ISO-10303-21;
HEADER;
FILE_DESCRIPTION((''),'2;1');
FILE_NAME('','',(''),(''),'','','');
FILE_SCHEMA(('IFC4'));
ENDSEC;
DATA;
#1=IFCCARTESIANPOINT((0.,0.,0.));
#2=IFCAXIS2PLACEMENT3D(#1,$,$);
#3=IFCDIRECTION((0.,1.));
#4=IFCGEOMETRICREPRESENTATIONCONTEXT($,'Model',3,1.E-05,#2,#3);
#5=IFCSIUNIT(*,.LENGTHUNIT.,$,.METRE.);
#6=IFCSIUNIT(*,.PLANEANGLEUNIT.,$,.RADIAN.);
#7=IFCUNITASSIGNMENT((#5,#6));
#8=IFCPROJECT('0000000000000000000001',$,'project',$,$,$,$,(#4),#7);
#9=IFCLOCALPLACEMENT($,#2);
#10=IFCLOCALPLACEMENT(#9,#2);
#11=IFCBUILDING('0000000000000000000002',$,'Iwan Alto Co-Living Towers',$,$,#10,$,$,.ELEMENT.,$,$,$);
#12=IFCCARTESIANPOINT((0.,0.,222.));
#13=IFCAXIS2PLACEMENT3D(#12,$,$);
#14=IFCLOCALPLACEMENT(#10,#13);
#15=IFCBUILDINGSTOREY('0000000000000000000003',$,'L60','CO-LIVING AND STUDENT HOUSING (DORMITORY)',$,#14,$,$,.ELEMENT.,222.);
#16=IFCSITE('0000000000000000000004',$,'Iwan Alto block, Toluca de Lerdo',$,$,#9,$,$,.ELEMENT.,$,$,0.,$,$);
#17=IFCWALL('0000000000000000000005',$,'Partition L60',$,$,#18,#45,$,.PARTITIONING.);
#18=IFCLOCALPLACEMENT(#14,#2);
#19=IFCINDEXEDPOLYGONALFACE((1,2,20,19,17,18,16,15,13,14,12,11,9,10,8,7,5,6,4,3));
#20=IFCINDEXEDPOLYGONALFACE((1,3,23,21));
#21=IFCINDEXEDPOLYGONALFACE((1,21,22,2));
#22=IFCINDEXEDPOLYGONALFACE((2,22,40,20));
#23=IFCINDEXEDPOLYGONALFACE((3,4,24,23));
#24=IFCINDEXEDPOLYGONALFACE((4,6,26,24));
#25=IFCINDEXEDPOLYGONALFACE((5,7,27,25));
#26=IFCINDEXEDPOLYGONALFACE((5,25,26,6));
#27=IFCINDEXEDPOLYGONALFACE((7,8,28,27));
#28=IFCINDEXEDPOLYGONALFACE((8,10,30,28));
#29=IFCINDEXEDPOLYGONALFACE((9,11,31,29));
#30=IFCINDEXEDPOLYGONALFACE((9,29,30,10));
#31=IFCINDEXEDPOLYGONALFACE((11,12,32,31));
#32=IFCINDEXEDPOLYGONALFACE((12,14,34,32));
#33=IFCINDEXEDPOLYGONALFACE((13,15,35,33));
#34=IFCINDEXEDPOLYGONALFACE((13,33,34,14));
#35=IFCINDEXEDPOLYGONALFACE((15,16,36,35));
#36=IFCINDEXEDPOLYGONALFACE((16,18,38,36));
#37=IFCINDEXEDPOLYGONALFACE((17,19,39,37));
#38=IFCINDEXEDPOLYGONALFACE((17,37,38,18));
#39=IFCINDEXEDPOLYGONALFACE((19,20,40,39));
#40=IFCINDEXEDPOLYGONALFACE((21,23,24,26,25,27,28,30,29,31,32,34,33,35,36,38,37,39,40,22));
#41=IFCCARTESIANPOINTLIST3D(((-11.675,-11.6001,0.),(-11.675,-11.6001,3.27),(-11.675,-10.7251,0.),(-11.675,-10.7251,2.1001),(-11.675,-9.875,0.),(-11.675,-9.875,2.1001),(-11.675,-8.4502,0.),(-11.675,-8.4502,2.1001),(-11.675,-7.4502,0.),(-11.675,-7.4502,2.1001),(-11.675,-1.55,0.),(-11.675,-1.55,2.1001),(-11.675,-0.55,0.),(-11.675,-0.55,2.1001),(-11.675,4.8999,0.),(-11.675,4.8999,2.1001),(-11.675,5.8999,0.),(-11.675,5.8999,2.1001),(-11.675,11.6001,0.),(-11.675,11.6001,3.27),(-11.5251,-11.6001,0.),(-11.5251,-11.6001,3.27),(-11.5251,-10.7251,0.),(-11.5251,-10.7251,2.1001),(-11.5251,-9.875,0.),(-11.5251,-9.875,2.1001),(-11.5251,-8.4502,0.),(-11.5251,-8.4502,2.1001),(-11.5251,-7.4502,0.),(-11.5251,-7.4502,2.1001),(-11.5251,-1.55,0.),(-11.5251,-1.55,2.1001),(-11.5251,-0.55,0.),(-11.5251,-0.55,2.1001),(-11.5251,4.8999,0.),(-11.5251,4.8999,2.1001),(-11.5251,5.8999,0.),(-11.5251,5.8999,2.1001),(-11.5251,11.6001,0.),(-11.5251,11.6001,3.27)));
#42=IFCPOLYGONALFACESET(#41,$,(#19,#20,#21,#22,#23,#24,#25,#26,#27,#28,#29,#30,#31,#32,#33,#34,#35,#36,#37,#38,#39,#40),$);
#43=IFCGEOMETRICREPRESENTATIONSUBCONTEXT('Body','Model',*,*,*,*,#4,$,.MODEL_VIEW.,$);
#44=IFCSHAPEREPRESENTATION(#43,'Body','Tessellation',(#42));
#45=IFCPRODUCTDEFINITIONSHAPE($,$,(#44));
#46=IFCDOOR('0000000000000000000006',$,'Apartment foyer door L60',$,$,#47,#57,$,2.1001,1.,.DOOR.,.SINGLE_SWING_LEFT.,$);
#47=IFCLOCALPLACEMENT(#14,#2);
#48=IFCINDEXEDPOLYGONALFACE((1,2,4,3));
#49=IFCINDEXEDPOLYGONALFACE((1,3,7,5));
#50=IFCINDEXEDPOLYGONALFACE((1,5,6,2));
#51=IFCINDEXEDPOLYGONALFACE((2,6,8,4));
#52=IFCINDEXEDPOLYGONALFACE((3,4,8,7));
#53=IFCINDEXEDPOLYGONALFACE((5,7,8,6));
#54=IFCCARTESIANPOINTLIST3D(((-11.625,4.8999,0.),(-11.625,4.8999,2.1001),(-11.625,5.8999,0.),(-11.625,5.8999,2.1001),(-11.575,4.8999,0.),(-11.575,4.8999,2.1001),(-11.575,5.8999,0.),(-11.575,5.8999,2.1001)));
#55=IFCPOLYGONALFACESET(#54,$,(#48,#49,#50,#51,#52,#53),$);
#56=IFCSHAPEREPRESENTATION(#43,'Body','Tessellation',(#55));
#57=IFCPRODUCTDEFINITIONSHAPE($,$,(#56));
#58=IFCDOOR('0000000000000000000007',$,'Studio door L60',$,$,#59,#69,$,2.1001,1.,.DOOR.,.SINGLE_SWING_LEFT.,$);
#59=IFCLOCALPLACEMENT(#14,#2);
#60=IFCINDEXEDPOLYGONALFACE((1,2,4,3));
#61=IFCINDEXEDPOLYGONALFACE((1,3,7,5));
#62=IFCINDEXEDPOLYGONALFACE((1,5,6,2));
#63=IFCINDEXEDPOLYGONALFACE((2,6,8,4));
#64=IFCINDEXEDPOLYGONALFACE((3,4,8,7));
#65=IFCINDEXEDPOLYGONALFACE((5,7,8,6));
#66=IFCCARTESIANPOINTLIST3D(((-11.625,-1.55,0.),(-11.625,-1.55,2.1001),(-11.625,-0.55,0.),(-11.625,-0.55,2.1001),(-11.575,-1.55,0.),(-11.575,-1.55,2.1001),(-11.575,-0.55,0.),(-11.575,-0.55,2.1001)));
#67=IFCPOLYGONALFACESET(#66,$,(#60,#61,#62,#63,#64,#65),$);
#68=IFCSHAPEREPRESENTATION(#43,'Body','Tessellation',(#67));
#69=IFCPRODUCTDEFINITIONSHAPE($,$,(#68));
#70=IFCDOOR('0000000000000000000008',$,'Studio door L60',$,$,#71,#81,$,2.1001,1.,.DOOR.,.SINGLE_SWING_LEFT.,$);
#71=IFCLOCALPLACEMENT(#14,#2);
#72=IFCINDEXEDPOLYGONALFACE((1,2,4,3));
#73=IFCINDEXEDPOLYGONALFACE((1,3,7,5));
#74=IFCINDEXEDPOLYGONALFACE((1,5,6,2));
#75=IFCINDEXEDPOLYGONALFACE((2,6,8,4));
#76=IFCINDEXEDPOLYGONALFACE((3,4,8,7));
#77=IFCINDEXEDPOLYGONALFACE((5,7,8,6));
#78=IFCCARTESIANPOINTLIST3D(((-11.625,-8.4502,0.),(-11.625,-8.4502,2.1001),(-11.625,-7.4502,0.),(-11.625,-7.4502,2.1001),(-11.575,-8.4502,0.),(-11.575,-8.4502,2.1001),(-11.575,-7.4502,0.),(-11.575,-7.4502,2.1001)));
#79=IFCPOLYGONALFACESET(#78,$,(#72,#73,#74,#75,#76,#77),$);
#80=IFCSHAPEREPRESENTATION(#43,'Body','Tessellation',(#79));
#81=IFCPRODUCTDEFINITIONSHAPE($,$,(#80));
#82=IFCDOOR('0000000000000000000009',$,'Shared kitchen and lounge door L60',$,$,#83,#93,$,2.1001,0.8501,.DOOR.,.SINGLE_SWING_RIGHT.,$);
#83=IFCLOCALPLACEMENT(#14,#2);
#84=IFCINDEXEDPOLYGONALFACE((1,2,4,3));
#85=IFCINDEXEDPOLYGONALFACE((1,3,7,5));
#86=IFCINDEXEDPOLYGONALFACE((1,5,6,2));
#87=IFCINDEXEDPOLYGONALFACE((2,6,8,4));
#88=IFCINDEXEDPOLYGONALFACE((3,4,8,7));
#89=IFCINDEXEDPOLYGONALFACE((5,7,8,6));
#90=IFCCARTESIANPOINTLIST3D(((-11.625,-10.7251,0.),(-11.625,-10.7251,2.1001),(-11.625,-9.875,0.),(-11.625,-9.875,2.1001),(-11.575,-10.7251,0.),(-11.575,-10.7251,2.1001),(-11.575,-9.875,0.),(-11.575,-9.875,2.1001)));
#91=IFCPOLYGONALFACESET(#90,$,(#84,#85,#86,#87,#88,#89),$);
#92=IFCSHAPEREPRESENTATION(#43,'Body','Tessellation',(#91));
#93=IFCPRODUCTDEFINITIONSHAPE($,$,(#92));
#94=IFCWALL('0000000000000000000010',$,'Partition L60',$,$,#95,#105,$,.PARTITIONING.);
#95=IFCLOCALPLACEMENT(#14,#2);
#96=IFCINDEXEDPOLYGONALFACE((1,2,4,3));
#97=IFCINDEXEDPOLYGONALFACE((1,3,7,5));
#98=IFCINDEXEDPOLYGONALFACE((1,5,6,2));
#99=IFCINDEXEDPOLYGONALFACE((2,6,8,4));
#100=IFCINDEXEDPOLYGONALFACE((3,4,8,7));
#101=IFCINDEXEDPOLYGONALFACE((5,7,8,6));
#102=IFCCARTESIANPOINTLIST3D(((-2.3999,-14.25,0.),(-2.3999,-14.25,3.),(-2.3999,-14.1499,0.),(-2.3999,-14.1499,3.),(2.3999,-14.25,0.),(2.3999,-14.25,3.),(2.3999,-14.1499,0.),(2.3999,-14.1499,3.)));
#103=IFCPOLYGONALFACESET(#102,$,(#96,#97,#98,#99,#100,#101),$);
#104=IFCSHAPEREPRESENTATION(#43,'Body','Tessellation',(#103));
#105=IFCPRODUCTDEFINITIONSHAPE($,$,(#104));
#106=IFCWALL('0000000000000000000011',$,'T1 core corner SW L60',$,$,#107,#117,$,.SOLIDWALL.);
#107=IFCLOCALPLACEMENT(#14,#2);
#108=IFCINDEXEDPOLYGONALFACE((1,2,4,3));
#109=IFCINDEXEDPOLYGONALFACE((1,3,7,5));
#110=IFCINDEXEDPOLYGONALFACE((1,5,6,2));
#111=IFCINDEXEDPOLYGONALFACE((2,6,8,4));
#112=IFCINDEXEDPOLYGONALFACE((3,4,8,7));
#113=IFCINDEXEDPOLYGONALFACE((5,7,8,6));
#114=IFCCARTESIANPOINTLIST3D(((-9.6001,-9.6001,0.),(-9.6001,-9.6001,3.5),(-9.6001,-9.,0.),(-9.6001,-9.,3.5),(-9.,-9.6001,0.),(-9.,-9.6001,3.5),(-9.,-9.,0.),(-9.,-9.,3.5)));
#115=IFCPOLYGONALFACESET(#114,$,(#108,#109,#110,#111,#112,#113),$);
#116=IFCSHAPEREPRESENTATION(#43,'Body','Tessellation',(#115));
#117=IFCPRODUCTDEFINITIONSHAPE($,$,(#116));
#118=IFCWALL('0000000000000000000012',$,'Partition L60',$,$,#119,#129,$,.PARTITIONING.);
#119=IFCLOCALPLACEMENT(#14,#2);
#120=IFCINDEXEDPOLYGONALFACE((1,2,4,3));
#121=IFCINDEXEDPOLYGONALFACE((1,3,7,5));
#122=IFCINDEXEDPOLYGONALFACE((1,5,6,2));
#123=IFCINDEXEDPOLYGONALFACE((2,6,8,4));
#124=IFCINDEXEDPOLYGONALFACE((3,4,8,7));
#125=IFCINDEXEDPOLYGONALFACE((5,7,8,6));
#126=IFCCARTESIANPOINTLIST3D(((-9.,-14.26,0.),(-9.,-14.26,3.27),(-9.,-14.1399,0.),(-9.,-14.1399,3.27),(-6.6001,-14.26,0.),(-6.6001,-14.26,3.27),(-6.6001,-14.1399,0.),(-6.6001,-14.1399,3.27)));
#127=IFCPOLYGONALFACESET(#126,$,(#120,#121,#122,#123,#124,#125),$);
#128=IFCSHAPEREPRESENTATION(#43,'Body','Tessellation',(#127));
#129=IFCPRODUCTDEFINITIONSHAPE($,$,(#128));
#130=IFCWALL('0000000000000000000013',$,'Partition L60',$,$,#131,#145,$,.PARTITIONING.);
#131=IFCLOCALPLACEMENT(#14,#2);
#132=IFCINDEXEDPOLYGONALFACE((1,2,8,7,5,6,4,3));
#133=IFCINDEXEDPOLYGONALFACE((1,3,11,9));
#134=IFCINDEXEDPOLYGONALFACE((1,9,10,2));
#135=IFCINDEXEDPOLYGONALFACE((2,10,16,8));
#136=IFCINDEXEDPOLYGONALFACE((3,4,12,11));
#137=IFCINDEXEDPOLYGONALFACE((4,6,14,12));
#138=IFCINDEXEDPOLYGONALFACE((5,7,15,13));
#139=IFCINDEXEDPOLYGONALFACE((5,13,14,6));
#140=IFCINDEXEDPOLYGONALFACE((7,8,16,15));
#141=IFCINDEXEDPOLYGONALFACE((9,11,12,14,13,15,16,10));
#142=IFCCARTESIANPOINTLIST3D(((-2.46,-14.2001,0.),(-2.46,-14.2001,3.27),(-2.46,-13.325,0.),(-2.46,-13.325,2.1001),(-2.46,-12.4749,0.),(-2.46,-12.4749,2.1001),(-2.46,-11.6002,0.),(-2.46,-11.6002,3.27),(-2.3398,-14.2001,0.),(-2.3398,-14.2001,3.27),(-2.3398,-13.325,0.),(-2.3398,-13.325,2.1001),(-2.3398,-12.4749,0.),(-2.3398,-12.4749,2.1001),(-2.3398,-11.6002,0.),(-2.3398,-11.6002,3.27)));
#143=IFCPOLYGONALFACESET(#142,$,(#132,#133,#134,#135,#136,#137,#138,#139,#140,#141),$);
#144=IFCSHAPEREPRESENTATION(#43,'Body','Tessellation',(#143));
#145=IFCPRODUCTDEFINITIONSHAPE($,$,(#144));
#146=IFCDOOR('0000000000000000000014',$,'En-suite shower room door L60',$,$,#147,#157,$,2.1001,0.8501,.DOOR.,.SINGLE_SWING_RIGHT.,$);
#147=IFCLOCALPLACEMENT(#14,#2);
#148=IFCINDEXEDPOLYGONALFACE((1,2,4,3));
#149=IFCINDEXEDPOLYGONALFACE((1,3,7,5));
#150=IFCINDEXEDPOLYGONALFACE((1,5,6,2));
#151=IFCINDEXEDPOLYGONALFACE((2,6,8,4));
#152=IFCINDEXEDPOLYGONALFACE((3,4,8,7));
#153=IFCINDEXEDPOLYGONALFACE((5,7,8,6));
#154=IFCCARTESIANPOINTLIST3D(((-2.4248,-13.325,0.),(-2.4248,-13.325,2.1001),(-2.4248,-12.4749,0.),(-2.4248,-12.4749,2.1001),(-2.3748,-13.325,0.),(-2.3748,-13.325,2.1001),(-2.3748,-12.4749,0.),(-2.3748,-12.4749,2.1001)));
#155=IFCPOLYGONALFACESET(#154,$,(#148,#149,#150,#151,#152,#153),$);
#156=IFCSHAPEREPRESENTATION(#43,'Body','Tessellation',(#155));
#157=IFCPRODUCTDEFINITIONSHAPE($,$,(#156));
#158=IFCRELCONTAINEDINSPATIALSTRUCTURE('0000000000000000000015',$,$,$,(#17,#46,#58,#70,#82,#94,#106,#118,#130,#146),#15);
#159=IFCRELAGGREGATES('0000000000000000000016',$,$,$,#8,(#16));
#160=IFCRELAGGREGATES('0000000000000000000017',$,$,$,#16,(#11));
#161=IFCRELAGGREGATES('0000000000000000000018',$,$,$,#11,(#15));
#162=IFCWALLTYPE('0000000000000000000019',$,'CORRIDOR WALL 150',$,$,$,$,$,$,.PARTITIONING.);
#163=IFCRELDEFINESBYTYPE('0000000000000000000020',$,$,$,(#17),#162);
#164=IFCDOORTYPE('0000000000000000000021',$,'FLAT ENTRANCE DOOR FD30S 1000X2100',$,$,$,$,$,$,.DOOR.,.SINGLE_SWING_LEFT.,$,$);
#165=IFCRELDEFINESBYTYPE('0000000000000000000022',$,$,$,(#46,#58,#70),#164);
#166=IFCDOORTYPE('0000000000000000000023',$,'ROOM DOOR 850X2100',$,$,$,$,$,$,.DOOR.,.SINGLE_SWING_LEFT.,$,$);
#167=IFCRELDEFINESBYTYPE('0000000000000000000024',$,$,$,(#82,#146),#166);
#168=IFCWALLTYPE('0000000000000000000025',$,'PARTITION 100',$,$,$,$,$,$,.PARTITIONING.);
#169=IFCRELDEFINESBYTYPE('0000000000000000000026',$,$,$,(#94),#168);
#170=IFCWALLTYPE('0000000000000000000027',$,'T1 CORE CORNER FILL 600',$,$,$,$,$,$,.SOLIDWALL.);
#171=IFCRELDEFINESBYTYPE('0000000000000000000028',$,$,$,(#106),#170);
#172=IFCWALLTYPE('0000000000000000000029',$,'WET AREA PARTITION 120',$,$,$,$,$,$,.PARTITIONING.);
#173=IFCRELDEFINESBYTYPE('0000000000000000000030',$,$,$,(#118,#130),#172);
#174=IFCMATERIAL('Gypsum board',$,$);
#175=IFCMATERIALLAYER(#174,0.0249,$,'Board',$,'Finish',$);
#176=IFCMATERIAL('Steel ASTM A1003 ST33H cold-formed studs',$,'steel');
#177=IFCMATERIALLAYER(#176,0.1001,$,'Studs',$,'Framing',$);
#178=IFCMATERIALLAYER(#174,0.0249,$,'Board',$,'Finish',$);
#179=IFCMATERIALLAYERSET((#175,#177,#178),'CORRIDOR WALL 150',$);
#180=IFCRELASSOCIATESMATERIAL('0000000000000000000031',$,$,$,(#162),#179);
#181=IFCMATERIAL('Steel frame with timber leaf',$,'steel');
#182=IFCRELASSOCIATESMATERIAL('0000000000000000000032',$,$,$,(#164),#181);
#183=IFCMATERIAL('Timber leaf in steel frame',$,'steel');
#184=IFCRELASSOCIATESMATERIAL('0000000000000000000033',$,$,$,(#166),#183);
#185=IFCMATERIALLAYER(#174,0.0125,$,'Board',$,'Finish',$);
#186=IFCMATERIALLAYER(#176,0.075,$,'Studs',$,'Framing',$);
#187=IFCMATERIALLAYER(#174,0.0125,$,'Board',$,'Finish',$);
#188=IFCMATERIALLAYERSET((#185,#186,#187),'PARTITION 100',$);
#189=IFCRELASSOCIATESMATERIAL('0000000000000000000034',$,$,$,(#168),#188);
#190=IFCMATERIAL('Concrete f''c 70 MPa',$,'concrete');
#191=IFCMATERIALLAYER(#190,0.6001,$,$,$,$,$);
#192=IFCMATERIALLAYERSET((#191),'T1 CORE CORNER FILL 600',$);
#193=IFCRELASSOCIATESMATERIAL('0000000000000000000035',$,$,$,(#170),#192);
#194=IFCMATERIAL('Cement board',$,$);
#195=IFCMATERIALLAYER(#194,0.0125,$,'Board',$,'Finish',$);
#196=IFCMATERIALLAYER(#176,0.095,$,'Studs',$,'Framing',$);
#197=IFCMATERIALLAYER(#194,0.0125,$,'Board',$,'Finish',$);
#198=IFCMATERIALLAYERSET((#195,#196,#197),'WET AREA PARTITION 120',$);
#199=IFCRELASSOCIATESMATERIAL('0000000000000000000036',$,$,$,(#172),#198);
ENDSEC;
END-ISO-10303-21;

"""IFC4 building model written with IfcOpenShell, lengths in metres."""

from ifc_helpers import new_model, si_unit, direction, frame, frame_2d, origin, place, context, subcontext, project, spatial, rectangle, extrude, material, layer, layer_set, type_object, element, fill, save


model = new_model("IFC4")

# Units and contexts
model_context = context("Model", 3, precision=1e-05, world=origin(), true_north=direction((0.0, 1.0)))
body_context = subcontext(model_context, "Body", "Model", "MODEL_VIEW")
ifc_project = project(units=[si_unit("LENGTHUNIT", "METRE"), si_unit("PLANEANGLEUNIT", "RADIAN")], contexts=[model_context])

# Site, building, storey
site_placement = place(None, origin())
site = spatial("IfcSite", under=ifc_project, at=site_placement, Name="Iwan Alto block, Toluca de Lerdo", CompositionType="ELEMENT", RefElevation=0.0)
building_placement = place(site_placement, origin())
building = spatial("IfcBuilding", under=site, at=building_placement, Name="Iwan Alto Co-Living Towers", CompositionType="ELEMENT")
storey_placement = place(building_placement, frame((0.0, 0.0, 222.0)))
storey = spatial("IfcBuildingStorey", under=building, at=storey_placement, Name="L60", Description="CO-LIVING AND STUDENT HOUSING (DORMITORY)", CompositionType="ELEMENT", Elevation=222.0)

# Wall, openings, doors
ifc_material_1 = material(Name="Gypsum board")
ifc_layer_1 = layer(ifc_material_1, 0.0249, Name="Board", Category="Finish")
ifc_material_2 = material(Name="Steel ASTM A1003 ST33H cold-formed studs", Category="steel")
ifc_layer_2 = layer(ifc_material_2, 0.1001, Name="Studs", Category="Framing")
ifc_layer_3 = layer(ifc_material_1, 0.0249, Name="Board", Category="Finish")
ifc_layer_set_1 = layer_set([ifc_layer_1, ifc_layer_2, ifc_layer_3], Name="CORRIDOR WALL 150")
wall_type_1 = type_object("IfcWallType", Name="CORRIDOR WALL 150", PredefinedType="PARTITIONING", material=ifc_layer_set_1)
ifc_material_3 = material(Name="Steel frame with timber leaf", Category="steel")
door_type_1 = type_object("IfcDoorType", Name="FLAT ENTRANCE DOOR FD30S 1000X2100", OperationType="SINGLE_SWING_LEFT", PredefinedType="DOOR", material=ifc_material_3)
wall_1_placement = place(storey_placement, frame((-11.6001, -11.6001, 0.0), z_axis=(0.0, 0.0, 1.0), x_axis=(0.0, 1.0, 0.0)))
wall_1 = element("IfcWall", 1, at=wall_1_placement, inside=storey, type_object=wall_type_1, Name="Partition L60", PredefinedType="PARTITIONING", context=body_context, shape_type="SweptSolid", body=[
    extrude(rectangle(XDim=23.2002, YDim=0.1499, at=frame_2d((11.6001, 0.0))), origin(), (0.0, 0.0, 1.0), 3.27),
])
opening_1_placement = place(wall_1_placement, frame((16.5, 0.0, 0.0)))
opening_1 = element("IfcOpeningElement", 2, at=opening_1_placement, cuts=wall_1, PredefinedType="OPENING", context=body_context, shape_type="SweptSolid", body=[
    extrude(rectangle(XDim=1.0, YDim=2.1001, at=frame_2d((0.5, 1.05))), frame((0.0, 0.085, 0.0), z_axis=(0.0, -1.0, 0.0), x_axis=(1.0, 0.0, 0.0)), (0.0, 0.0, 1.0), 0.1699),
])
opening_2_placement = place(wall_1_placement, frame((10.05, 0.0, 0.0)))
opening_2 = element("IfcOpeningElement", 3, at=opening_2_placement, cuts=wall_1, PredefinedType="OPENING", context=body_context, shape_type="SweptSolid", body=[
    extrude(rectangle(XDim=1.0, YDim=2.1001, at=frame_2d((0.5, 1.05))), frame((0.0, 0.085, 0.0), z_axis=(0.0, -1.0, 0.0), x_axis=(1.0, 0.0, 0.0)), (0.0, 0.0, 1.0), 0.1699),
])
opening_3_placement = place(wall_1_placement, frame((3.1499, 0.0, 0.0)))
opening_3 = element("IfcOpeningElement", 4, at=opening_3_placement, cuts=wall_1, PredefinedType="OPENING", context=body_context, shape_type="SweptSolid", body=[
    extrude(rectangle(XDim=1.0, YDim=2.1001, at=frame_2d((0.5, 1.05))), frame((0.0, 0.085, 0.0), z_axis=(0.0, -1.0, 0.0), x_axis=(1.0, 0.0, 0.0)), (0.0, 0.0, 1.0), 0.1699),
])
opening_4_placement = place(wall_1_placement, frame((0.875, 0.0, 0.0)))
opening_4 = element("IfcOpeningElement", 5, at=opening_4_placement, cuts=wall_1, PredefinedType="OPENING", context=body_context, shape_type="SweptSolid", body=[
    extrude(rectangle(XDim=0.8501, YDim=2.1001, at=frame_2d((0.425, 1.05))), frame((0.0, 0.085, 0.0), z_axis=(0.0, -1.0, 0.0), x_axis=(1.0, 0.0, 0.0)), (0.0, 0.0, 1.0), 0.1699),
])
door_1_placement = place(opening_1_placement, origin())
door_1 = element("IfcDoor", 6, at=door_1_placement, inside=storey, type_object=door_type_1, Name="Apartment foyer door L60", OperationType="SINGLE_SWING_LEFT", OverallHeight=2.1001, OverallWidth=1.0, PredefinedType="DOOR", context=body_context, shape_type="SweptSolid", body=[
    extrude(rectangle(XDim=1.0, YDim=2.1001, at=frame_2d((0.5, 1.05))), frame((0.0, 0.0249, 0.0), z_axis=(0.0, -1.0, 0.0), x_axis=(1.0, 0.0, 0.0)), (0.0, 0.0, 1.0), 0.05),
])
fill(opening_1, door_1)
door_2_placement = place(opening_2_placement, origin())
door_2 = element("IfcDoor", 7, at=door_2_placement, inside=storey, type_object=door_type_1, Name="Studio door L60", OperationType="SINGLE_SWING_LEFT", OverallHeight=2.1001, OverallWidth=1.0, PredefinedType="DOOR", context=body_context, shape_type="SweptSolid", body=[
    extrude(rectangle(XDim=1.0, YDim=2.1001, at=frame_2d((0.5, 1.05))), frame((0.0, 0.0249, 0.0), z_axis=(0.0, -1.0, 0.0), x_axis=(1.0, 0.0, 0.0)), (0.0, 0.0, 1.0), 0.05),
])
fill(opening_2, door_2)
door_3_placement = place(opening_3_placement, origin())
door_3 = element("IfcDoor", 8, at=door_3_placement, inside=storey, type_object=door_type_1, Name="Studio door L60", OperationType="SINGLE_SWING_LEFT", OverallHeight=2.1001, OverallWidth=1.0, PredefinedType="DOOR", context=body_context, shape_type="SweptSolid", body=[
    extrude(rectangle(XDim=1.0, YDim=2.1001, at=frame_2d((0.5, 1.05))), frame((0.0, 0.0249, 0.0), z_axis=(0.0, -1.0, 0.0), x_axis=(1.0, 0.0, 0.0)), (0.0, 0.0, 1.0), 0.05),
])
fill(opening_3, door_3)
ifc_material_4 = material(Name="Timber leaf in steel frame", Category="steel")
door_type_2 = type_object("IfcDoorType", Name="ROOM DOOR 850X2100", OperationType="SINGLE_SWING_LEFT", PredefinedType="DOOR", material=ifc_material_4)
door_4_placement = place(opening_4_placement, origin())
door_4 = element("IfcDoor", 9, at=door_4_placement, inside=storey, type_object=door_type_2, Name="Shared kitchen and lounge door L60", OperationType="SINGLE_SWING_RIGHT", OverallHeight=2.1001, OverallWidth=0.8501, PredefinedType="DOOR", context=body_context, shape_type="SweptSolid", body=[
    extrude(rectangle(XDim=0.8501, YDim=2.1001, at=frame_2d((0.425, 1.05))), frame((0.0, 0.0249, 0.0), z_axis=(0.0, -1.0, 0.0), x_axis=(1.0, 0.0, 0.0)), (0.0, 0.0, 1.0), 0.05),
])
fill(opening_4, door_4)

# Walls
ifc_layer_4 = layer(ifc_material_1, 0.0125, Name="Board", Category="Finish")
ifc_layer_5 = layer(ifc_material_2, 0.075, Name="Studs", Category="Framing")
ifc_layer_6 = layer(ifc_material_1, 0.0125, Name="Board", Category="Finish")
ifc_layer_set_2 = layer_set([ifc_layer_4, ifc_layer_5, ifc_layer_6], Name="PARTITION 100")
wall_type_2 = type_object("IfcWallType", Name="PARTITION 100", PredefinedType="PARTITIONING", material=ifc_layer_set_2)
wall_2_placement = place(storey_placement, frame((-2.3999, -14.2, 0.0), z_axis=(0.0, 0.0, 1.0), x_axis=(1.0, 0.0, 0.0)))
element("IfcWall", 10, at=wall_2_placement, inside=storey, type_object=wall_type_2, Name="Partition L60", PredefinedType="PARTITIONING", context=body_context, shape_type="SweptSolid", body=[
    extrude(rectangle(XDim=4.7998, YDim=0.1001, at=frame_2d((2.3999, 0.0))), origin(), (0.0, 0.0, 1.0), 3.0),
])
ifc_material_5 = material(Name="Concrete f'c 70 MPa", Category="concrete")
ifc_layer_7 = layer(ifc_material_5, 0.6001)
ifc_layer_set_3 = layer_set([ifc_layer_7], Name="T1 CORE CORNER FILL 600")
wall_type_3 = type_object("IfcWallType", Name="T1 CORE CORNER FILL 600", PredefinedType="SOLIDWALL", material=ifc_layer_set_3)
wall_3_placement = place(storey_placement, frame((-9.6001, -9.3, 0.0), z_axis=(0.0, 0.0, 1.0), x_axis=(1.0, 0.0, 0.0)))
element("IfcWall", 11, at=wall_3_placement, inside=storey, type_object=wall_type_3, Name="T1 core corner SW L60", PredefinedType="SOLIDWALL", context=body_context, shape_type="SweptSolid", body=[
    extrude(rectangle(XDim=0.6001, YDim=0.6001, at=frame_2d((0.3, 0.0))), origin(), (0.0, 0.0, 1.0), 3.5),
])
ifc_material_6 = material(Name="Cement board")
ifc_layer_8 = layer(ifc_material_6, 0.0125, Name="Board", Category="Finish")
ifc_layer_9 = layer(ifc_material_2, 0.095, Name="Studs", Category="Framing")
ifc_layer_10 = layer(ifc_material_6, 0.0125, Name="Board", Category="Finish")
ifc_layer_set_4 = layer_set([ifc_layer_8, ifc_layer_9, ifc_layer_10], Name="WET AREA PARTITION 120")
wall_type_4 = type_object("IfcWallType", Name="WET AREA PARTITION 120", PredefinedType="PARTITIONING", material=ifc_layer_set_4)
wall_4_placement = place(storey_placement, frame((-9.0, -14.2, 0.0), z_axis=(0.0, 0.0, 1.0), x_axis=(1.0, 0.0, 0.0)))
element("IfcWall", 12, at=wall_4_placement, inside=storey, type_object=wall_type_4, Name="Partition L60", PredefinedType="PARTITIONING", context=body_context, shape_type="SweptSolid", body=[
    extrude(rectangle(XDim=2.3999, YDim=0.1201, at=frame_2d((1.2, 0.0))), origin(), (0.0, 0.0, 1.0), 3.27),
])

# Wall, opening, door
wall_5_placement = place(storey_placement, frame((-2.3999, -14.2, 0.0), z_axis=(0.0, 0.0, 1.0), x_axis=(0.0, 1.0, 0.0)))
wall_5 = element("IfcWall", 13, at=wall_5_placement, inside=storey, type_object=wall_type_4, Name="Partition L60", PredefinedType="PARTITIONING", context=body_context, shape_type="SweptSolid", body=[
    extrude(rectangle(XDim=2.5999, YDim=0.1201, at=frame_2d((1.2998, 0.0))), origin(), (0.0, 0.0, 1.0), 3.27),
])
opening_5_placement = place(wall_5_placement, frame((0.875, 0.0, 0.0)))
opening_5 = element("IfcOpeningElement", 14, at=opening_5_placement, cuts=wall_5, PredefinedType="OPENING", context=body_context, shape_type="SweptSolid", body=[
    extrude(rectangle(XDim=0.8501, YDim=2.1001, at=frame_2d((0.425, 1.05))), frame((0.0, 0.0701, 0.0), z_axis=(0.0, -1.0, 0.0), x_axis=(1.0, 0.0, 0.0)), (0.0, 0.0, 1.0), 0.1401),
])
door_5_placement = place(opening_5_placement, origin())
door_5 = element("IfcDoor", 15, at=door_5_placement, inside=storey, type_object=door_type_2, Name="En-suite shower room door L60", OperationType="SINGLE_SWING_RIGHT", OverallHeight=2.1001, OverallWidth=0.8501, PredefinedType="DOOR", context=body_context, shape_type="SweptSolid", body=[
    extrude(rectangle(XDim=0.8501, YDim=2.1001, at=frame_2d((0.425, 1.05))), frame((0.0, 0.0249, 0.0), z_axis=(0.0, -1.0, 0.0), x_axis=(1.0, 0.0, 0.0)), (0.0, 0.0, 1.0), 0.05),
])
fill(opening_5, door_5)

save(model, "model.ifc")
